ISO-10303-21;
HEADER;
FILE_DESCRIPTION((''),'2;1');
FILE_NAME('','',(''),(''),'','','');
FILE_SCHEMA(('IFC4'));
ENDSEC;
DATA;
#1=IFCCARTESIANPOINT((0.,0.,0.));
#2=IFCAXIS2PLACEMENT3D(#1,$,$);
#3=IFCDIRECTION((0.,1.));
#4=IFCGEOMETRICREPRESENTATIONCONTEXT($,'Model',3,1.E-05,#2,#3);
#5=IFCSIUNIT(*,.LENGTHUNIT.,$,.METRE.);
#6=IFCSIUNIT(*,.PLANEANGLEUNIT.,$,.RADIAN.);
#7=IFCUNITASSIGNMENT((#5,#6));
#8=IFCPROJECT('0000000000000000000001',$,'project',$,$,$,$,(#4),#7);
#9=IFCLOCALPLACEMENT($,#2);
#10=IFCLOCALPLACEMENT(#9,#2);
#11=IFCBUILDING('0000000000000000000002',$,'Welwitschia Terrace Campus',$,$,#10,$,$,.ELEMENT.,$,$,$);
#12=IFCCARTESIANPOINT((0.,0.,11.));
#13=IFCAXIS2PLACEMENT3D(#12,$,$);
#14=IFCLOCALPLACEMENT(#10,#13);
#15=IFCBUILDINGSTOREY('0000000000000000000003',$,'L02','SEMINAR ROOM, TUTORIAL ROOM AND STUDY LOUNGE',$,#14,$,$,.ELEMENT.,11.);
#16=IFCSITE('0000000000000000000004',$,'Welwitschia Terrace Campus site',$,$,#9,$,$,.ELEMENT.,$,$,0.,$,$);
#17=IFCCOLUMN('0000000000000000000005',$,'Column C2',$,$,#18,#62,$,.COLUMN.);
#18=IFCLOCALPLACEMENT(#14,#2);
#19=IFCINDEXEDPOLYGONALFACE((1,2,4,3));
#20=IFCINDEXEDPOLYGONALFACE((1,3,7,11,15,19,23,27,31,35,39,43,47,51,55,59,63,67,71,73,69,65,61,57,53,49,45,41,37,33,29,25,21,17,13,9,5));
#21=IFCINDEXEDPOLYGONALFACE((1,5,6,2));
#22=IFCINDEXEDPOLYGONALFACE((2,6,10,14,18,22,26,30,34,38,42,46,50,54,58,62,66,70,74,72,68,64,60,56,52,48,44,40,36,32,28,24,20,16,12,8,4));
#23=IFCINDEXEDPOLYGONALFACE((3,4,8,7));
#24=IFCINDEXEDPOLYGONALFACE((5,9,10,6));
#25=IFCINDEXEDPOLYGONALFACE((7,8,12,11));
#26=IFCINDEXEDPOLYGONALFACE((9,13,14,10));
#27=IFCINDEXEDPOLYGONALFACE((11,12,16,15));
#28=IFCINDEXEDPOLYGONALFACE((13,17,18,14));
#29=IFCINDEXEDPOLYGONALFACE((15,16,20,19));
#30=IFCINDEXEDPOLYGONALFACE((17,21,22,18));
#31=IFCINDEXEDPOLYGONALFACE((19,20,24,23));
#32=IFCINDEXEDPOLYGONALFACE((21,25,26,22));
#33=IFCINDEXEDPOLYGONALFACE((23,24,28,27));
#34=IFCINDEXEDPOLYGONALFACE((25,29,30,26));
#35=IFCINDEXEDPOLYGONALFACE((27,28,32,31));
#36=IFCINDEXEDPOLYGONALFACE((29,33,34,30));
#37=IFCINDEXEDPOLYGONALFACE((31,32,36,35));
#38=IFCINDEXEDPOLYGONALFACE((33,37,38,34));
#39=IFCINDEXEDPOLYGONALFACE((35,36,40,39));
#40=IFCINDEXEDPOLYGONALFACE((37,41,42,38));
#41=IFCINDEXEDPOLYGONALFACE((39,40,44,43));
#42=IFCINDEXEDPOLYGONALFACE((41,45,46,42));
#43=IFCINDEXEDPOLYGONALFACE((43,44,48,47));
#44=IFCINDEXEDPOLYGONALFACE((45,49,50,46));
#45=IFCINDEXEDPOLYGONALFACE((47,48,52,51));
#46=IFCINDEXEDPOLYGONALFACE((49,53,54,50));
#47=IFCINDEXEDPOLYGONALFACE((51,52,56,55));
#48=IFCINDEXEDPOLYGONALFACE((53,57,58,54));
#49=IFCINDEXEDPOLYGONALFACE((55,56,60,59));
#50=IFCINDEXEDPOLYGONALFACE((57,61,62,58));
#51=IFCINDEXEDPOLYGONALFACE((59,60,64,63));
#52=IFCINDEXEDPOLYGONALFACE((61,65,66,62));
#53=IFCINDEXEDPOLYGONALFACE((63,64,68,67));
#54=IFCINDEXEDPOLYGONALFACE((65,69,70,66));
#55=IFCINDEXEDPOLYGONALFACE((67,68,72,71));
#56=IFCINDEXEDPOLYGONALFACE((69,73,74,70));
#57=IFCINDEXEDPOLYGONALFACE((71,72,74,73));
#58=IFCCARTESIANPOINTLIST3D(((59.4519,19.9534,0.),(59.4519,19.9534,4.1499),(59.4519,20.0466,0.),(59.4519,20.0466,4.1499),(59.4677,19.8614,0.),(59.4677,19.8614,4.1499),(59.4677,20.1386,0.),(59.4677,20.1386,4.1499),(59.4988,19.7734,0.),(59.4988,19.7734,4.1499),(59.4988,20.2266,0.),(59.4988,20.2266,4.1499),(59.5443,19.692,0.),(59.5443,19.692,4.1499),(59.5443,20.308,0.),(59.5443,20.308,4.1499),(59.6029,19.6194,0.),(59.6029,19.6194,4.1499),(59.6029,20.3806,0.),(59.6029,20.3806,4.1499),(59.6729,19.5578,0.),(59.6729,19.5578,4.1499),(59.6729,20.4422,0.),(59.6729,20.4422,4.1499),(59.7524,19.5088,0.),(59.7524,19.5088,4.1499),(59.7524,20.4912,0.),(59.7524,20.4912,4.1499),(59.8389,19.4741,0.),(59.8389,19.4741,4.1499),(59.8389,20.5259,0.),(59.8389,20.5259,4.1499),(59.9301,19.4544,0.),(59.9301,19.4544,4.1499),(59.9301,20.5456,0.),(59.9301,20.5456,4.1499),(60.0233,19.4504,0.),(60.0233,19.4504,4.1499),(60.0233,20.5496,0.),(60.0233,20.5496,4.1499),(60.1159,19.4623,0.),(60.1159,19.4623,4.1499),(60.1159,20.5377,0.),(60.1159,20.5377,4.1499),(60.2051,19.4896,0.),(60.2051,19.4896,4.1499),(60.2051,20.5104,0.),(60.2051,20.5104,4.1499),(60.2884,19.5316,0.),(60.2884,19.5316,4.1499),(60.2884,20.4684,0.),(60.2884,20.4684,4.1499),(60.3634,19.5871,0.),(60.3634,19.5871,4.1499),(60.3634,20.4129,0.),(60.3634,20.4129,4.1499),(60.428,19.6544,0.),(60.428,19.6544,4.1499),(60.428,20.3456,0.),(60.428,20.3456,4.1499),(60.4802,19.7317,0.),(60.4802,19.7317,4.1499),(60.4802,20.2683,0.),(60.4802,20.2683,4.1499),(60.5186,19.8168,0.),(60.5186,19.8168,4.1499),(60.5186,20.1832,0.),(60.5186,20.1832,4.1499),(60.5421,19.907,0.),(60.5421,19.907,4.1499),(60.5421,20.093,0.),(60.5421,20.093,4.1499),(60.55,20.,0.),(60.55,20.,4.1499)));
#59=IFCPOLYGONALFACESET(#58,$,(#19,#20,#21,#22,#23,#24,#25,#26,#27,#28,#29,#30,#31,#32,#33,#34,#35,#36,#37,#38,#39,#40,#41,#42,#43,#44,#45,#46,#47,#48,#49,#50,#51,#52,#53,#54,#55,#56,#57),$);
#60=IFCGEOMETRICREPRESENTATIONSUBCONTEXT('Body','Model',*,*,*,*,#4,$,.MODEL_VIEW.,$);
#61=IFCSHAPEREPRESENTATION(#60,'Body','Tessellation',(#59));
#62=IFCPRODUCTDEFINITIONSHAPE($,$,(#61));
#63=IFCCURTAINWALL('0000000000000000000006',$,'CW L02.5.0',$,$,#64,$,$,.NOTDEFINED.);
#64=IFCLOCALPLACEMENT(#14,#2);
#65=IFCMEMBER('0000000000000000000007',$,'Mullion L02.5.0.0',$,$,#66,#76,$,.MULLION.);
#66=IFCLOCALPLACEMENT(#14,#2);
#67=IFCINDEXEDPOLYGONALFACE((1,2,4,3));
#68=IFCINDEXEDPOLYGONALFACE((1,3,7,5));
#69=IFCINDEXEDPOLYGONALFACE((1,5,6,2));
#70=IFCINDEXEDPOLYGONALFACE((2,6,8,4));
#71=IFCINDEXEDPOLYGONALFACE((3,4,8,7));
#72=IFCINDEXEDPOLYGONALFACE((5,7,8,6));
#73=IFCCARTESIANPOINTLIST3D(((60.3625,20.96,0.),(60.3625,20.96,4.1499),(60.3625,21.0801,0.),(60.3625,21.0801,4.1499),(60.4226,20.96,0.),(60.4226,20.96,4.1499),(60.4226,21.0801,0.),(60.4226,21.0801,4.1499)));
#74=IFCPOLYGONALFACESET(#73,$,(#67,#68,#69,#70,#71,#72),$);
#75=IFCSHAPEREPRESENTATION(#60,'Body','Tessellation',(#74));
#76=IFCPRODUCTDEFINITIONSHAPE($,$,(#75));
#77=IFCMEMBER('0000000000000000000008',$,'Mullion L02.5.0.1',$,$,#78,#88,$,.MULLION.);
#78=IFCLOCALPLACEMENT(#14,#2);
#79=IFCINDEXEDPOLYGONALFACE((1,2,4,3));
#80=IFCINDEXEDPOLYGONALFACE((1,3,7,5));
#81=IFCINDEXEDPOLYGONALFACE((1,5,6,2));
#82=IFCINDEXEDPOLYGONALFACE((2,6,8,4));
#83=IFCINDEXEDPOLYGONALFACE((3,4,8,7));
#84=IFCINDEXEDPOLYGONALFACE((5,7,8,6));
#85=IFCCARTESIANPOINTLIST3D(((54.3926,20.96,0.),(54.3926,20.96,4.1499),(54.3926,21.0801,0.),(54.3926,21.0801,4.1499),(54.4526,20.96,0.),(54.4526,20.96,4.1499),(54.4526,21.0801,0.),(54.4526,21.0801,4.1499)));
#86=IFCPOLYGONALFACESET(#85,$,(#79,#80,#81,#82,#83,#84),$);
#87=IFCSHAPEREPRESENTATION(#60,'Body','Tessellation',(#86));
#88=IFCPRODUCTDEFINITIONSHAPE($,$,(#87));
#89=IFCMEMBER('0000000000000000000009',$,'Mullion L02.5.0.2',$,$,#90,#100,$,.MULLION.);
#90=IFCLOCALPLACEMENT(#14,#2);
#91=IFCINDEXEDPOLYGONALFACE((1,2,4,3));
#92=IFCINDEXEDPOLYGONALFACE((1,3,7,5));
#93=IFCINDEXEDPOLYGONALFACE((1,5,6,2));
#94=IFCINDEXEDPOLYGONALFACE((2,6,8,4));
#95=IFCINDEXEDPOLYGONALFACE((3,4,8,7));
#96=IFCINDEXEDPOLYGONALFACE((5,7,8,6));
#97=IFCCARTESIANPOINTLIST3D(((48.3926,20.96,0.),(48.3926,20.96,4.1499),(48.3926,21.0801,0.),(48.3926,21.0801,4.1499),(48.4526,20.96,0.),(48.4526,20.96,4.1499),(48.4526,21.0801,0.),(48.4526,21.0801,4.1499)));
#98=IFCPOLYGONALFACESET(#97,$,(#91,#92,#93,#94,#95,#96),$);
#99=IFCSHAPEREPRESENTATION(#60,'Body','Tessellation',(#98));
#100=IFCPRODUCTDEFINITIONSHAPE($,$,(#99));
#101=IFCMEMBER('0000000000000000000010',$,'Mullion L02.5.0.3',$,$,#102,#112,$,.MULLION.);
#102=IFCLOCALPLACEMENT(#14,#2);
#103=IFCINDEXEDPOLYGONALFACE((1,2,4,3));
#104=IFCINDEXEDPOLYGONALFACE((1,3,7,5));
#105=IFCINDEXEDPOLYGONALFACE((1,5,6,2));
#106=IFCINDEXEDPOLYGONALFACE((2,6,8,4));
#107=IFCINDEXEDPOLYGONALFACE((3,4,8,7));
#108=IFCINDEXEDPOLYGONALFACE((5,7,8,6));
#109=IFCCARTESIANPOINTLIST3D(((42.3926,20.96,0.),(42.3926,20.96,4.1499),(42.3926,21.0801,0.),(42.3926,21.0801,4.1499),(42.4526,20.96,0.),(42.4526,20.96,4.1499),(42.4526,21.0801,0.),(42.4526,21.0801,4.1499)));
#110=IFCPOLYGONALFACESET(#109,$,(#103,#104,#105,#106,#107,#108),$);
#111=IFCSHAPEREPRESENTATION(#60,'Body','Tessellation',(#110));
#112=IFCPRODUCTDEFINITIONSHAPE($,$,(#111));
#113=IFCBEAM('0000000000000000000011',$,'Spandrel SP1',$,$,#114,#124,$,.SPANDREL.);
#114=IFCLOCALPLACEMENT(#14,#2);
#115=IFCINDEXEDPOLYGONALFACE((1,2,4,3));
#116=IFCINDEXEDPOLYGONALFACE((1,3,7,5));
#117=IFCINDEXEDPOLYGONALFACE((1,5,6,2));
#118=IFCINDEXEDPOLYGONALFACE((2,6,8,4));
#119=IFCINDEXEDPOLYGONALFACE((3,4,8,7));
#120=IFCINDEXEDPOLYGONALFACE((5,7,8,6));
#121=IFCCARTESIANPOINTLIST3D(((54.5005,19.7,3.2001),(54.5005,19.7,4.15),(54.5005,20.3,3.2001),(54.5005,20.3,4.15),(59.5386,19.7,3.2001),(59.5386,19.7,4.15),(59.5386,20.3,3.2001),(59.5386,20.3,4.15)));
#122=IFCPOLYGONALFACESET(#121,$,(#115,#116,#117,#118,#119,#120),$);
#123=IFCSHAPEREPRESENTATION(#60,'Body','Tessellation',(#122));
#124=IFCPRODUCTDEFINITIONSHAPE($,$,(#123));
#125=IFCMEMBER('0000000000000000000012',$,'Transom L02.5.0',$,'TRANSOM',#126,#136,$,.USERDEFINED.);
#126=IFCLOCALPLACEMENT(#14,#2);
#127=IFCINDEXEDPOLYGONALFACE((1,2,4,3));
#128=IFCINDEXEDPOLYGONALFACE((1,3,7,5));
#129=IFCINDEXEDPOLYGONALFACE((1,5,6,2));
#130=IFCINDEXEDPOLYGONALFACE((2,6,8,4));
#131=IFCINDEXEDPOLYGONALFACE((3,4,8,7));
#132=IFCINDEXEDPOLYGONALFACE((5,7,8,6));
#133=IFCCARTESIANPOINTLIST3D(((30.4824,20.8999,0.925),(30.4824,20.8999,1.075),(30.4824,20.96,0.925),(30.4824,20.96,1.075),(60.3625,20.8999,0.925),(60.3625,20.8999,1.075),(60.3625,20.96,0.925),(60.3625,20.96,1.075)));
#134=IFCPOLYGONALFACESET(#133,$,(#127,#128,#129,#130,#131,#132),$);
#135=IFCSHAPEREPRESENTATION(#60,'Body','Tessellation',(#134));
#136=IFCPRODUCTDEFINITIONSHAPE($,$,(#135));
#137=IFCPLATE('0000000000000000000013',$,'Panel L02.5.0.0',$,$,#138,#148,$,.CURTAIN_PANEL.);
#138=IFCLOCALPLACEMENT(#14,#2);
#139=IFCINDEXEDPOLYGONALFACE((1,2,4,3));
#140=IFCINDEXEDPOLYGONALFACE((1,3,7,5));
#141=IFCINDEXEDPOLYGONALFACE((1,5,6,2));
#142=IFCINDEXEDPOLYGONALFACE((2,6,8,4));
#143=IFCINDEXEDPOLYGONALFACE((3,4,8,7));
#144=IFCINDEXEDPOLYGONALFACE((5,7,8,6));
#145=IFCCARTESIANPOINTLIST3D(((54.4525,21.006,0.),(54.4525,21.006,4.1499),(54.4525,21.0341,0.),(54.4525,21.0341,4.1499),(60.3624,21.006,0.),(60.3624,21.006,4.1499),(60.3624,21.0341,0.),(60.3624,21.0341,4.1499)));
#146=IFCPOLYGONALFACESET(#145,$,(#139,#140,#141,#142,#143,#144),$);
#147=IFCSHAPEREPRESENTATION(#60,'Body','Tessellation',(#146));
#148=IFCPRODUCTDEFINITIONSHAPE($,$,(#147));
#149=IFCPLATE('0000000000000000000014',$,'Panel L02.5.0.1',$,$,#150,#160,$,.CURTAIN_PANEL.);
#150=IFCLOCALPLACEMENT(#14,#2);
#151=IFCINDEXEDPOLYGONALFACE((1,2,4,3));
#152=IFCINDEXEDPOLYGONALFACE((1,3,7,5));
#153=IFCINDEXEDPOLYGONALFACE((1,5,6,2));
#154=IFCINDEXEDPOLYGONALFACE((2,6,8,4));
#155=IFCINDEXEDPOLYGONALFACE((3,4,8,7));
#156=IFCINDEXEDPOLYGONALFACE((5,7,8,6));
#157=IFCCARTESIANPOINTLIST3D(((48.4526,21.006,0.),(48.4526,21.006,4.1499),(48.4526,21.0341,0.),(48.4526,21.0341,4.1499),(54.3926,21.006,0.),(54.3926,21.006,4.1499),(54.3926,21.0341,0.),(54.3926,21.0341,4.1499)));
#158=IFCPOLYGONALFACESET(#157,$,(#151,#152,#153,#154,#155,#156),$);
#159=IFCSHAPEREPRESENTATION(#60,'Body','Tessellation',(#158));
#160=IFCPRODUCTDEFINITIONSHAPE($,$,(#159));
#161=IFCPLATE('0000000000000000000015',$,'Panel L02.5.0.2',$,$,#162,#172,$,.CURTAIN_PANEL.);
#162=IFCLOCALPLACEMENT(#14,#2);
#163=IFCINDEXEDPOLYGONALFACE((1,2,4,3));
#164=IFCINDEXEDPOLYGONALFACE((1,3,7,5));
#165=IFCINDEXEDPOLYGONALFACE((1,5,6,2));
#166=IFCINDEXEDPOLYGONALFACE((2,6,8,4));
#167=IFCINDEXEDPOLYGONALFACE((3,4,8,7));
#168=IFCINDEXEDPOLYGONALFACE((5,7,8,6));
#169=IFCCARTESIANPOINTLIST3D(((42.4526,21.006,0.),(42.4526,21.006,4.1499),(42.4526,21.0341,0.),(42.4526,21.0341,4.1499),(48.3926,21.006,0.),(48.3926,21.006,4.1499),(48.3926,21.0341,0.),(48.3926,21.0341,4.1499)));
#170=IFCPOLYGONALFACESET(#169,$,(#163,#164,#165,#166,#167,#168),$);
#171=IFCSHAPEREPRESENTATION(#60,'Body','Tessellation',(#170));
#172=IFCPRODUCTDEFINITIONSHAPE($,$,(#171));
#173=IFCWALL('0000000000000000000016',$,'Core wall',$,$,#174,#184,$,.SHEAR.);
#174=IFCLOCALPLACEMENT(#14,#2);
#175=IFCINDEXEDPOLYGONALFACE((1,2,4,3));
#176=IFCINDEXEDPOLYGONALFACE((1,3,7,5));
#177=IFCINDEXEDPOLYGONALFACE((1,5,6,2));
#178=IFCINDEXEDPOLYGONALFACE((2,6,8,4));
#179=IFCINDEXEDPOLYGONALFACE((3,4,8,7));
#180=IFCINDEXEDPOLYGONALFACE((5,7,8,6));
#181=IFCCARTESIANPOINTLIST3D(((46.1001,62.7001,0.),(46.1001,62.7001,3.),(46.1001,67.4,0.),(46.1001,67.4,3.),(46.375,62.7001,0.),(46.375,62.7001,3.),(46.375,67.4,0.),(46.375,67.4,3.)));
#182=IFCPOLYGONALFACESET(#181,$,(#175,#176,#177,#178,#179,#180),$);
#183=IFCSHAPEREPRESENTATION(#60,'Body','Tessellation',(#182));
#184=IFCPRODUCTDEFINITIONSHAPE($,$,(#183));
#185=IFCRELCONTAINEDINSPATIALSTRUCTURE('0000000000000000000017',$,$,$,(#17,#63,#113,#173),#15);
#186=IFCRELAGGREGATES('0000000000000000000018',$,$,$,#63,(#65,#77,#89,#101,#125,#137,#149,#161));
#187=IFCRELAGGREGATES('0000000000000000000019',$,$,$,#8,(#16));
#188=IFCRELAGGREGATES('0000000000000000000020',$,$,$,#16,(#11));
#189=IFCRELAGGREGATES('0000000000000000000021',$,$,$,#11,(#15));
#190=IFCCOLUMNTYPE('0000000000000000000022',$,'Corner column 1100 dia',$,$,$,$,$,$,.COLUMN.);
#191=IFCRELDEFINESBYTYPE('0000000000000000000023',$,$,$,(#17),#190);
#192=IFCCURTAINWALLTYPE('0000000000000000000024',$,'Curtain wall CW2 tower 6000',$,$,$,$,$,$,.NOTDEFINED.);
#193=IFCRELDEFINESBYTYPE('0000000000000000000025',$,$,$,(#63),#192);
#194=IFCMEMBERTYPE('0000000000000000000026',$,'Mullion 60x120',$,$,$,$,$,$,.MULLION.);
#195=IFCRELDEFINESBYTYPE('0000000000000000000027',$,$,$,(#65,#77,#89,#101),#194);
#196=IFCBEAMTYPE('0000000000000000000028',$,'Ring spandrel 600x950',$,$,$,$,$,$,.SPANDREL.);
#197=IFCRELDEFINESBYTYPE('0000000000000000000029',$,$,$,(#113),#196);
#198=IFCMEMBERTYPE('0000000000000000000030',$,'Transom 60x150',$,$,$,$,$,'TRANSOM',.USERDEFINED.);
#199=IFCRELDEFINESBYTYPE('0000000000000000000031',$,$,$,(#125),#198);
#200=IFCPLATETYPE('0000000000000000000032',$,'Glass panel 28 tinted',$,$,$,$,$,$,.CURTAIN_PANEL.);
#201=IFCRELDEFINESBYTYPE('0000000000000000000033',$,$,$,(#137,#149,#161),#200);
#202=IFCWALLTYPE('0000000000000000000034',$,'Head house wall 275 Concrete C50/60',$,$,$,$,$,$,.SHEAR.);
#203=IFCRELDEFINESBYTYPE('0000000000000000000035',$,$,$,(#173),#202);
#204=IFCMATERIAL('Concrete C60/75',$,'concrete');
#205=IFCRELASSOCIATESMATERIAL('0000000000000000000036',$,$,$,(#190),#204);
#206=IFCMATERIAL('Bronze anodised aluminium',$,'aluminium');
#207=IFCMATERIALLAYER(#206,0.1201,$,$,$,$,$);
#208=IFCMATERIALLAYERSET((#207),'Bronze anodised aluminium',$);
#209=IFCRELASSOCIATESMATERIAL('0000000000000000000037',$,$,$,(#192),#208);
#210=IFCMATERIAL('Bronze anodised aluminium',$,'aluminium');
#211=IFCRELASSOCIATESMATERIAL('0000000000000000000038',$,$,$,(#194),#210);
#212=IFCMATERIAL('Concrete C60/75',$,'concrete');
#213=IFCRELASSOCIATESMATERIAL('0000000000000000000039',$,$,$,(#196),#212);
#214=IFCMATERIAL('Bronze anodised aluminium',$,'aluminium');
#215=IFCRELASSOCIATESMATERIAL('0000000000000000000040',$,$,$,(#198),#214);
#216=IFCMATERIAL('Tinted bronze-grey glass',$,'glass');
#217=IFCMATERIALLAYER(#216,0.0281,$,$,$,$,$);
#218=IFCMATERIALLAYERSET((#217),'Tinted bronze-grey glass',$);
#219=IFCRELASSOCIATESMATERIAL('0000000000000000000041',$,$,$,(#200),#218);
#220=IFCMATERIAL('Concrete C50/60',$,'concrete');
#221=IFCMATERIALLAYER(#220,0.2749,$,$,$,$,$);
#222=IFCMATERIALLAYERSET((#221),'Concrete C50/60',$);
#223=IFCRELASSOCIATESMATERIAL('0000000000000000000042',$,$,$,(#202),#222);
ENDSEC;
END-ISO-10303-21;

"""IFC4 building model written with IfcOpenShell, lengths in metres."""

from ifc_helpers import new_model, si_unit, direction, frame, frame_2d, origin, origin_2d, place, context, subcontext, project, spatial, rectangle, circle, extrude, material, layer, layer_set, material_profile, profile_set, type_object, element, aggregate, save


model = new_model("IFC4")

# Units and contexts
model_context = context("Model", 3, precision=1e-05, world=origin(), true_north=direction((0.0, 1.0)))
body_context = subcontext(model_context, "Body", "Model", "MODEL_VIEW")
ifc_project = project(units=[si_unit("LENGTHUNIT", "METRE"), si_unit("PLANEANGLEUNIT", "RADIAN")], contexts=[model_context])

# Site, building, storey
site_placement = place(None, origin())
site = spatial("IfcSite", under=ifc_project, at=site_placement, Name="Welwitschia Terrace Campus site", CompositionType="ELEMENT", RefElevation=0.0)
building_placement = place(site_placement, origin())
building = spatial("IfcBuilding", under=site, at=building_placement, Name="Welwitschia Terrace Campus", CompositionType="ELEMENT")
storey_placement = place(building_placement, frame((0.0, 0.0, 11.0)))
storey = spatial("IfcBuildingStorey", under=building, at=storey_placement, Name="L02", Description="SEMINAR ROOM, TUTORIAL ROOM AND STUDY LOUNGE", CompositionType="ELEMENT", Elevation=11.0)

# Column
ifc_material_1 = material(Name="Concrete C60/75", Category="concrete")
ifc_material_profile_1 = material_profile(ifc_material_1, circle(Radius=0.55, at=origin_2d()))
ifc_profile_set_1 = profile_set([ifc_material_profile_1], Name="Concrete C60/75")
column_type = type_object("IfcColumnType", Name="Corner column 1100 dia", PredefinedType="COLUMN", material=ifc_profile_set_1)
column_placement = place(storey_placement, frame((60.0, 20.0, 0.0), z_axis=(0.0, 0.0, 1.0), x_axis=(1.0, 0.0, 0.0)))
element("IfcColumn", 1, at=column_placement, inside=storey, type_object=column_type, Name="Column C2", PredefinedType="COLUMN", context=body_context, shape_type="SweptSolid", body=[
    extrude(circle(Radius=0.55, at=origin_2d()), origin(), (0.0, 0.0, 1.0), 4.1499),
])

# Curtain wall, members
ifc_material_2 = material(Name="Bronze anodised aluminium", Category="aluminium")
ifc_layer_1 = layer(ifc_material_2, 0.1201)
ifc_layer_set_1 = layer_set([ifc_layer_1], Name="Bronze anodised aluminium")
curtain_wall_type = type_object("IfcCurtainWallType", Name="Curtain wall CW2 tower 6000", PredefinedType="NOTDEFINED", material=ifc_layer_set_1)
curtain_wall_placement = place(storey_placement, origin())
curtain_wall = element("IfcCurtainWall", 2, at=curtain_wall_placement, inside=storey, type_object=curtain_wall_type, Name="CW L02.5.0", PredefinedType="NOTDEFINED")
ifc_material_3 = material(Name="Bronze anodised aluminium", Category="aluminium")
ifc_material_profile_2 = material_profile(ifc_material_3, rectangle(XDim=0.1201, YDim=0.0601, at=origin_2d()))
ifc_profile_set_2 = profile_set([ifc_material_profile_2], Name="Bronze anodised aluminium")
member_type_1 = type_object("IfcMemberType", Name="Mullion 60x120", PredefinedType="MULLION", material=ifc_profile_set_2)
member_1_placement = place(storey_placement, frame((60.3926, 21.02, 0.0), z_axis=(0.0, 0.0, 1.0), x_axis=(0.0, -1.0, 0.0)))
member_1 = element("IfcMember", 3, at=member_1_placement, type_object=member_type_1, Name="Mullion L02.5.0.0", PredefinedType="MULLION", context=body_context, shape_type="SweptSolid", body=[
    extrude(rectangle(XDim=0.1201, YDim=0.0601, at=origin_2d()), origin(), (0.0, 0.0, 1.0), 4.1499),
])
member_2_placement = place(storey_placement, frame((54.4226, 21.02, 0.0), z_axis=(0.0, 0.0, 1.0), x_axis=(0.0, -1.0, 0.0)))
member_2 = element("IfcMember", 4, at=member_2_placement, type_object=member_type_1, Name="Mullion L02.5.0.1", PredefinedType="MULLION", context=body_context, shape_type="SweptSolid", body=[
    extrude(rectangle(XDim=0.1201, YDim=0.0601, at=origin_2d()), origin(), (0.0, 0.0, 1.0), 4.1499),
])
member_3_placement = place(storey_placement, frame((48.4226, 21.02, 0.0), z_axis=(0.0, 0.0, 1.0), x_axis=(0.0, -1.0, 0.0)))
member_3 = element("IfcMember", 5, at=member_3_placement, type_object=member_type_1, Name="Mullion L02.5.0.2", PredefinedType="MULLION", context=body_context, shape_type="SweptSolid", body=[
    extrude(rectangle(XDim=0.1201, YDim=0.0601, at=origin_2d()), origin(), (0.0, 0.0, 1.0), 4.1499),
])
member_4_placement = place(storey_placement, frame((42.4226, 21.02, 0.0), z_axis=(0.0, 0.0, 1.0), x_axis=(0.0, -1.0, 0.0)))
member_4 = element("IfcMember", 6, at=member_4_placement, type_object=member_type_1, Name="Mullion L02.5.0.3", PredefinedType="MULLION", context=body_context, shape_type="SweptSolid", body=[
    extrude(rectangle(XDim=0.1201, YDim=0.0601, at=origin_2d()), origin(), (0.0, 0.0, 1.0), 4.1499),
])

# Beam
ifc_material_4 = material(Name="Concrete C60/75", Category="concrete")
ifc_material_profile_3 = material_profile(ifc_material_4, rectangle(XDim=0.6001, YDim=0.95, at=origin_2d()))
ifc_profile_set_3 = profile_set([ifc_material_profile_3], Name="Concrete C60/75")
beam_type = type_object("IfcBeamType", Name="Ring spandrel 600x950", PredefinedType="SPANDREL", material=ifc_profile_set_3)
beam_placement = place(storey_placement, frame((59.5386, 20.0, 3.675), z_axis=(-1.0, 0.0, 0.0), x_axis=(0.0, -1.0, 0.0)))
element("IfcBeam", 7, at=beam_placement, inside=storey, type_object=beam_type, Name="Spandrel SP1", PredefinedType="SPANDREL", context=body_context, shape_type="SweptSolid", body=[
    extrude(rectangle(XDim=0.6001, YDim=0.95, at=origin_2d()), origin(), (0.0, 0.0, 1.0), 5.0381),
])

# Member
ifc_material_5 = material(Name="Bronze anodised aluminium", Category="aluminium")
ifc_material_profile_4 = material_profile(ifc_material_5, rectangle(XDim=0.0601, YDim=0.1499, at=origin_2d()))
ifc_profile_set_4 = profile_set([ifc_material_profile_4], Name="Bronze anodised aluminium")
member_type_2 = type_object("IfcMemberType", Name="Transom 60x150", ElementType="TRANSOM", PredefinedType="USERDEFINED", material=ifc_profile_set_4)
member_5_placement = place(storey_placement, frame((60.3625, 20.9299, 1.0), z_axis=(-1.0, 0.0, 0.0), x_axis=(0.0, -1.0, 0.0)))
member_5 = element("IfcMember", 8, at=member_5_placement, type_object=member_type_2, Name="Transom L02.5.0", ObjectType="TRANSOM", PredefinedType="USERDEFINED", context=body_context, shape_type="SweptSolid", body=[
    extrude(rectangle(XDim=0.0601, YDim=0.1499, at=origin_2d()), origin(), (0.0, 0.0, 1.0), 29.8801),
])

# Plates
ifc_material_6 = material(Name="Tinted bronze-grey glass", Category="glass")
ifc_layer_2 = layer(ifc_material_6, 0.0281)
ifc_layer_set_2 = layer_set([ifc_layer_2], Name="Tinted bronze-grey glass")
plate_type = type_object("IfcPlateType", Name="Glass panel 28 tinted", PredefinedType="CURTAIN_PANEL", material=ifc_layer_set_2)
plate_1_placement = place(storey_placement, frame((57.4075, 21.02, 0.0), z_axis=(0.0, 0.0, 1.0), x_axis=(-1.0, 0.0, 0.0)))
plate_1 = element("IfcPlate", 9, at=plate_1_placement, type_object=plate_type, Name="Panel L02.5.0.0", PredefinedType="CURTAIN_PANEL", context=body_context, shape_type="SweptSolid", body=[
    extrude(rectangle(XDim=5.9099, YDim=0.0281, at=origin_2d()), origin(), (0.0, 0.0, 1.0), 4.1499),
])
plate_2_placement = place(storey_placement, frame((51.4226, 21.02, 0.0), z_axis=(0.0, 0.0, 1.0), x_axis=(-1.0, 0.0, 0.0)))
plate_2 = element("IfcPlate", 10, at=plate_2_placement, type_object=plate_type, Name="Panel L02.5.0.1", PredefinedType="CURTAIN_PANEL", context=body_context, shape_type="SweptSolid", body=[
    extrude(rectangle(XDim=5.9399, YDim=0.0281, at=origin_2d()), origin(), (0.0, 0.0, 1.0), 4.1499),
])
plate_3_placement = place(storey_placement, frame((45.4226, 21.02, 0.0), z_axis=(0.0, 0.0, 1.0), x_axis=(-1.0, 0.0, 0.0)))
plate_3 = element("IfcPlate", 11, at=plate_3_placement, type_object=plate_type, Name="Panel L02.5.0.2", PredefinedType="CURTAIN_PANEL", context=body_context, shape_type="SweptSolid", body=[
    extrude(rectangle(XDim=5.9399, YDim=0.0281, at=origin_2d()), origin(), (0.0, 0.0, 1.0), 4.1499),
])
aggregate(curtain_wall, [member_1, member_2, member_3, member_4, member_5, plate_1, plate_2, plate_3])

# Wall
ifc_material_7 = material(Name="Concrete C50/60", Category="concrete")
ifc_layer_3 = layer(ifc_material_7, 0.2749)
ifc_layer_set_3 = layer_set([ifc_layer_3], Name="Concrete C50/60")
wall_type_1 = type_object("IfcWallType", Name="Head house wall 275 Concrete C50/60", PredefinedType="SHEAR", material=ifc_layer_set_3)
wall_1_placement = place(storey_placement, frame((46.2375, 62.7, 0.0), z_axis=(0.0, 0.0, 1.0), x_axis=(0.0, 1.0, 0.0)))
element("IfcWall", 12, at=wall_1_placement, inside=storey, type_object=wall_type_1, Name="Core wall", PredefinedType="SHEAR", context=body_context, shape_type="SweptSolid", body=[
    extrude(rectangle(XDim=4.7, YDim=0.2749, at=frame_2d((2.3501, 0.0))), origin(), (0.0, 0.0, 1.0), 3.0),
])

save(model, "model.ifc")
